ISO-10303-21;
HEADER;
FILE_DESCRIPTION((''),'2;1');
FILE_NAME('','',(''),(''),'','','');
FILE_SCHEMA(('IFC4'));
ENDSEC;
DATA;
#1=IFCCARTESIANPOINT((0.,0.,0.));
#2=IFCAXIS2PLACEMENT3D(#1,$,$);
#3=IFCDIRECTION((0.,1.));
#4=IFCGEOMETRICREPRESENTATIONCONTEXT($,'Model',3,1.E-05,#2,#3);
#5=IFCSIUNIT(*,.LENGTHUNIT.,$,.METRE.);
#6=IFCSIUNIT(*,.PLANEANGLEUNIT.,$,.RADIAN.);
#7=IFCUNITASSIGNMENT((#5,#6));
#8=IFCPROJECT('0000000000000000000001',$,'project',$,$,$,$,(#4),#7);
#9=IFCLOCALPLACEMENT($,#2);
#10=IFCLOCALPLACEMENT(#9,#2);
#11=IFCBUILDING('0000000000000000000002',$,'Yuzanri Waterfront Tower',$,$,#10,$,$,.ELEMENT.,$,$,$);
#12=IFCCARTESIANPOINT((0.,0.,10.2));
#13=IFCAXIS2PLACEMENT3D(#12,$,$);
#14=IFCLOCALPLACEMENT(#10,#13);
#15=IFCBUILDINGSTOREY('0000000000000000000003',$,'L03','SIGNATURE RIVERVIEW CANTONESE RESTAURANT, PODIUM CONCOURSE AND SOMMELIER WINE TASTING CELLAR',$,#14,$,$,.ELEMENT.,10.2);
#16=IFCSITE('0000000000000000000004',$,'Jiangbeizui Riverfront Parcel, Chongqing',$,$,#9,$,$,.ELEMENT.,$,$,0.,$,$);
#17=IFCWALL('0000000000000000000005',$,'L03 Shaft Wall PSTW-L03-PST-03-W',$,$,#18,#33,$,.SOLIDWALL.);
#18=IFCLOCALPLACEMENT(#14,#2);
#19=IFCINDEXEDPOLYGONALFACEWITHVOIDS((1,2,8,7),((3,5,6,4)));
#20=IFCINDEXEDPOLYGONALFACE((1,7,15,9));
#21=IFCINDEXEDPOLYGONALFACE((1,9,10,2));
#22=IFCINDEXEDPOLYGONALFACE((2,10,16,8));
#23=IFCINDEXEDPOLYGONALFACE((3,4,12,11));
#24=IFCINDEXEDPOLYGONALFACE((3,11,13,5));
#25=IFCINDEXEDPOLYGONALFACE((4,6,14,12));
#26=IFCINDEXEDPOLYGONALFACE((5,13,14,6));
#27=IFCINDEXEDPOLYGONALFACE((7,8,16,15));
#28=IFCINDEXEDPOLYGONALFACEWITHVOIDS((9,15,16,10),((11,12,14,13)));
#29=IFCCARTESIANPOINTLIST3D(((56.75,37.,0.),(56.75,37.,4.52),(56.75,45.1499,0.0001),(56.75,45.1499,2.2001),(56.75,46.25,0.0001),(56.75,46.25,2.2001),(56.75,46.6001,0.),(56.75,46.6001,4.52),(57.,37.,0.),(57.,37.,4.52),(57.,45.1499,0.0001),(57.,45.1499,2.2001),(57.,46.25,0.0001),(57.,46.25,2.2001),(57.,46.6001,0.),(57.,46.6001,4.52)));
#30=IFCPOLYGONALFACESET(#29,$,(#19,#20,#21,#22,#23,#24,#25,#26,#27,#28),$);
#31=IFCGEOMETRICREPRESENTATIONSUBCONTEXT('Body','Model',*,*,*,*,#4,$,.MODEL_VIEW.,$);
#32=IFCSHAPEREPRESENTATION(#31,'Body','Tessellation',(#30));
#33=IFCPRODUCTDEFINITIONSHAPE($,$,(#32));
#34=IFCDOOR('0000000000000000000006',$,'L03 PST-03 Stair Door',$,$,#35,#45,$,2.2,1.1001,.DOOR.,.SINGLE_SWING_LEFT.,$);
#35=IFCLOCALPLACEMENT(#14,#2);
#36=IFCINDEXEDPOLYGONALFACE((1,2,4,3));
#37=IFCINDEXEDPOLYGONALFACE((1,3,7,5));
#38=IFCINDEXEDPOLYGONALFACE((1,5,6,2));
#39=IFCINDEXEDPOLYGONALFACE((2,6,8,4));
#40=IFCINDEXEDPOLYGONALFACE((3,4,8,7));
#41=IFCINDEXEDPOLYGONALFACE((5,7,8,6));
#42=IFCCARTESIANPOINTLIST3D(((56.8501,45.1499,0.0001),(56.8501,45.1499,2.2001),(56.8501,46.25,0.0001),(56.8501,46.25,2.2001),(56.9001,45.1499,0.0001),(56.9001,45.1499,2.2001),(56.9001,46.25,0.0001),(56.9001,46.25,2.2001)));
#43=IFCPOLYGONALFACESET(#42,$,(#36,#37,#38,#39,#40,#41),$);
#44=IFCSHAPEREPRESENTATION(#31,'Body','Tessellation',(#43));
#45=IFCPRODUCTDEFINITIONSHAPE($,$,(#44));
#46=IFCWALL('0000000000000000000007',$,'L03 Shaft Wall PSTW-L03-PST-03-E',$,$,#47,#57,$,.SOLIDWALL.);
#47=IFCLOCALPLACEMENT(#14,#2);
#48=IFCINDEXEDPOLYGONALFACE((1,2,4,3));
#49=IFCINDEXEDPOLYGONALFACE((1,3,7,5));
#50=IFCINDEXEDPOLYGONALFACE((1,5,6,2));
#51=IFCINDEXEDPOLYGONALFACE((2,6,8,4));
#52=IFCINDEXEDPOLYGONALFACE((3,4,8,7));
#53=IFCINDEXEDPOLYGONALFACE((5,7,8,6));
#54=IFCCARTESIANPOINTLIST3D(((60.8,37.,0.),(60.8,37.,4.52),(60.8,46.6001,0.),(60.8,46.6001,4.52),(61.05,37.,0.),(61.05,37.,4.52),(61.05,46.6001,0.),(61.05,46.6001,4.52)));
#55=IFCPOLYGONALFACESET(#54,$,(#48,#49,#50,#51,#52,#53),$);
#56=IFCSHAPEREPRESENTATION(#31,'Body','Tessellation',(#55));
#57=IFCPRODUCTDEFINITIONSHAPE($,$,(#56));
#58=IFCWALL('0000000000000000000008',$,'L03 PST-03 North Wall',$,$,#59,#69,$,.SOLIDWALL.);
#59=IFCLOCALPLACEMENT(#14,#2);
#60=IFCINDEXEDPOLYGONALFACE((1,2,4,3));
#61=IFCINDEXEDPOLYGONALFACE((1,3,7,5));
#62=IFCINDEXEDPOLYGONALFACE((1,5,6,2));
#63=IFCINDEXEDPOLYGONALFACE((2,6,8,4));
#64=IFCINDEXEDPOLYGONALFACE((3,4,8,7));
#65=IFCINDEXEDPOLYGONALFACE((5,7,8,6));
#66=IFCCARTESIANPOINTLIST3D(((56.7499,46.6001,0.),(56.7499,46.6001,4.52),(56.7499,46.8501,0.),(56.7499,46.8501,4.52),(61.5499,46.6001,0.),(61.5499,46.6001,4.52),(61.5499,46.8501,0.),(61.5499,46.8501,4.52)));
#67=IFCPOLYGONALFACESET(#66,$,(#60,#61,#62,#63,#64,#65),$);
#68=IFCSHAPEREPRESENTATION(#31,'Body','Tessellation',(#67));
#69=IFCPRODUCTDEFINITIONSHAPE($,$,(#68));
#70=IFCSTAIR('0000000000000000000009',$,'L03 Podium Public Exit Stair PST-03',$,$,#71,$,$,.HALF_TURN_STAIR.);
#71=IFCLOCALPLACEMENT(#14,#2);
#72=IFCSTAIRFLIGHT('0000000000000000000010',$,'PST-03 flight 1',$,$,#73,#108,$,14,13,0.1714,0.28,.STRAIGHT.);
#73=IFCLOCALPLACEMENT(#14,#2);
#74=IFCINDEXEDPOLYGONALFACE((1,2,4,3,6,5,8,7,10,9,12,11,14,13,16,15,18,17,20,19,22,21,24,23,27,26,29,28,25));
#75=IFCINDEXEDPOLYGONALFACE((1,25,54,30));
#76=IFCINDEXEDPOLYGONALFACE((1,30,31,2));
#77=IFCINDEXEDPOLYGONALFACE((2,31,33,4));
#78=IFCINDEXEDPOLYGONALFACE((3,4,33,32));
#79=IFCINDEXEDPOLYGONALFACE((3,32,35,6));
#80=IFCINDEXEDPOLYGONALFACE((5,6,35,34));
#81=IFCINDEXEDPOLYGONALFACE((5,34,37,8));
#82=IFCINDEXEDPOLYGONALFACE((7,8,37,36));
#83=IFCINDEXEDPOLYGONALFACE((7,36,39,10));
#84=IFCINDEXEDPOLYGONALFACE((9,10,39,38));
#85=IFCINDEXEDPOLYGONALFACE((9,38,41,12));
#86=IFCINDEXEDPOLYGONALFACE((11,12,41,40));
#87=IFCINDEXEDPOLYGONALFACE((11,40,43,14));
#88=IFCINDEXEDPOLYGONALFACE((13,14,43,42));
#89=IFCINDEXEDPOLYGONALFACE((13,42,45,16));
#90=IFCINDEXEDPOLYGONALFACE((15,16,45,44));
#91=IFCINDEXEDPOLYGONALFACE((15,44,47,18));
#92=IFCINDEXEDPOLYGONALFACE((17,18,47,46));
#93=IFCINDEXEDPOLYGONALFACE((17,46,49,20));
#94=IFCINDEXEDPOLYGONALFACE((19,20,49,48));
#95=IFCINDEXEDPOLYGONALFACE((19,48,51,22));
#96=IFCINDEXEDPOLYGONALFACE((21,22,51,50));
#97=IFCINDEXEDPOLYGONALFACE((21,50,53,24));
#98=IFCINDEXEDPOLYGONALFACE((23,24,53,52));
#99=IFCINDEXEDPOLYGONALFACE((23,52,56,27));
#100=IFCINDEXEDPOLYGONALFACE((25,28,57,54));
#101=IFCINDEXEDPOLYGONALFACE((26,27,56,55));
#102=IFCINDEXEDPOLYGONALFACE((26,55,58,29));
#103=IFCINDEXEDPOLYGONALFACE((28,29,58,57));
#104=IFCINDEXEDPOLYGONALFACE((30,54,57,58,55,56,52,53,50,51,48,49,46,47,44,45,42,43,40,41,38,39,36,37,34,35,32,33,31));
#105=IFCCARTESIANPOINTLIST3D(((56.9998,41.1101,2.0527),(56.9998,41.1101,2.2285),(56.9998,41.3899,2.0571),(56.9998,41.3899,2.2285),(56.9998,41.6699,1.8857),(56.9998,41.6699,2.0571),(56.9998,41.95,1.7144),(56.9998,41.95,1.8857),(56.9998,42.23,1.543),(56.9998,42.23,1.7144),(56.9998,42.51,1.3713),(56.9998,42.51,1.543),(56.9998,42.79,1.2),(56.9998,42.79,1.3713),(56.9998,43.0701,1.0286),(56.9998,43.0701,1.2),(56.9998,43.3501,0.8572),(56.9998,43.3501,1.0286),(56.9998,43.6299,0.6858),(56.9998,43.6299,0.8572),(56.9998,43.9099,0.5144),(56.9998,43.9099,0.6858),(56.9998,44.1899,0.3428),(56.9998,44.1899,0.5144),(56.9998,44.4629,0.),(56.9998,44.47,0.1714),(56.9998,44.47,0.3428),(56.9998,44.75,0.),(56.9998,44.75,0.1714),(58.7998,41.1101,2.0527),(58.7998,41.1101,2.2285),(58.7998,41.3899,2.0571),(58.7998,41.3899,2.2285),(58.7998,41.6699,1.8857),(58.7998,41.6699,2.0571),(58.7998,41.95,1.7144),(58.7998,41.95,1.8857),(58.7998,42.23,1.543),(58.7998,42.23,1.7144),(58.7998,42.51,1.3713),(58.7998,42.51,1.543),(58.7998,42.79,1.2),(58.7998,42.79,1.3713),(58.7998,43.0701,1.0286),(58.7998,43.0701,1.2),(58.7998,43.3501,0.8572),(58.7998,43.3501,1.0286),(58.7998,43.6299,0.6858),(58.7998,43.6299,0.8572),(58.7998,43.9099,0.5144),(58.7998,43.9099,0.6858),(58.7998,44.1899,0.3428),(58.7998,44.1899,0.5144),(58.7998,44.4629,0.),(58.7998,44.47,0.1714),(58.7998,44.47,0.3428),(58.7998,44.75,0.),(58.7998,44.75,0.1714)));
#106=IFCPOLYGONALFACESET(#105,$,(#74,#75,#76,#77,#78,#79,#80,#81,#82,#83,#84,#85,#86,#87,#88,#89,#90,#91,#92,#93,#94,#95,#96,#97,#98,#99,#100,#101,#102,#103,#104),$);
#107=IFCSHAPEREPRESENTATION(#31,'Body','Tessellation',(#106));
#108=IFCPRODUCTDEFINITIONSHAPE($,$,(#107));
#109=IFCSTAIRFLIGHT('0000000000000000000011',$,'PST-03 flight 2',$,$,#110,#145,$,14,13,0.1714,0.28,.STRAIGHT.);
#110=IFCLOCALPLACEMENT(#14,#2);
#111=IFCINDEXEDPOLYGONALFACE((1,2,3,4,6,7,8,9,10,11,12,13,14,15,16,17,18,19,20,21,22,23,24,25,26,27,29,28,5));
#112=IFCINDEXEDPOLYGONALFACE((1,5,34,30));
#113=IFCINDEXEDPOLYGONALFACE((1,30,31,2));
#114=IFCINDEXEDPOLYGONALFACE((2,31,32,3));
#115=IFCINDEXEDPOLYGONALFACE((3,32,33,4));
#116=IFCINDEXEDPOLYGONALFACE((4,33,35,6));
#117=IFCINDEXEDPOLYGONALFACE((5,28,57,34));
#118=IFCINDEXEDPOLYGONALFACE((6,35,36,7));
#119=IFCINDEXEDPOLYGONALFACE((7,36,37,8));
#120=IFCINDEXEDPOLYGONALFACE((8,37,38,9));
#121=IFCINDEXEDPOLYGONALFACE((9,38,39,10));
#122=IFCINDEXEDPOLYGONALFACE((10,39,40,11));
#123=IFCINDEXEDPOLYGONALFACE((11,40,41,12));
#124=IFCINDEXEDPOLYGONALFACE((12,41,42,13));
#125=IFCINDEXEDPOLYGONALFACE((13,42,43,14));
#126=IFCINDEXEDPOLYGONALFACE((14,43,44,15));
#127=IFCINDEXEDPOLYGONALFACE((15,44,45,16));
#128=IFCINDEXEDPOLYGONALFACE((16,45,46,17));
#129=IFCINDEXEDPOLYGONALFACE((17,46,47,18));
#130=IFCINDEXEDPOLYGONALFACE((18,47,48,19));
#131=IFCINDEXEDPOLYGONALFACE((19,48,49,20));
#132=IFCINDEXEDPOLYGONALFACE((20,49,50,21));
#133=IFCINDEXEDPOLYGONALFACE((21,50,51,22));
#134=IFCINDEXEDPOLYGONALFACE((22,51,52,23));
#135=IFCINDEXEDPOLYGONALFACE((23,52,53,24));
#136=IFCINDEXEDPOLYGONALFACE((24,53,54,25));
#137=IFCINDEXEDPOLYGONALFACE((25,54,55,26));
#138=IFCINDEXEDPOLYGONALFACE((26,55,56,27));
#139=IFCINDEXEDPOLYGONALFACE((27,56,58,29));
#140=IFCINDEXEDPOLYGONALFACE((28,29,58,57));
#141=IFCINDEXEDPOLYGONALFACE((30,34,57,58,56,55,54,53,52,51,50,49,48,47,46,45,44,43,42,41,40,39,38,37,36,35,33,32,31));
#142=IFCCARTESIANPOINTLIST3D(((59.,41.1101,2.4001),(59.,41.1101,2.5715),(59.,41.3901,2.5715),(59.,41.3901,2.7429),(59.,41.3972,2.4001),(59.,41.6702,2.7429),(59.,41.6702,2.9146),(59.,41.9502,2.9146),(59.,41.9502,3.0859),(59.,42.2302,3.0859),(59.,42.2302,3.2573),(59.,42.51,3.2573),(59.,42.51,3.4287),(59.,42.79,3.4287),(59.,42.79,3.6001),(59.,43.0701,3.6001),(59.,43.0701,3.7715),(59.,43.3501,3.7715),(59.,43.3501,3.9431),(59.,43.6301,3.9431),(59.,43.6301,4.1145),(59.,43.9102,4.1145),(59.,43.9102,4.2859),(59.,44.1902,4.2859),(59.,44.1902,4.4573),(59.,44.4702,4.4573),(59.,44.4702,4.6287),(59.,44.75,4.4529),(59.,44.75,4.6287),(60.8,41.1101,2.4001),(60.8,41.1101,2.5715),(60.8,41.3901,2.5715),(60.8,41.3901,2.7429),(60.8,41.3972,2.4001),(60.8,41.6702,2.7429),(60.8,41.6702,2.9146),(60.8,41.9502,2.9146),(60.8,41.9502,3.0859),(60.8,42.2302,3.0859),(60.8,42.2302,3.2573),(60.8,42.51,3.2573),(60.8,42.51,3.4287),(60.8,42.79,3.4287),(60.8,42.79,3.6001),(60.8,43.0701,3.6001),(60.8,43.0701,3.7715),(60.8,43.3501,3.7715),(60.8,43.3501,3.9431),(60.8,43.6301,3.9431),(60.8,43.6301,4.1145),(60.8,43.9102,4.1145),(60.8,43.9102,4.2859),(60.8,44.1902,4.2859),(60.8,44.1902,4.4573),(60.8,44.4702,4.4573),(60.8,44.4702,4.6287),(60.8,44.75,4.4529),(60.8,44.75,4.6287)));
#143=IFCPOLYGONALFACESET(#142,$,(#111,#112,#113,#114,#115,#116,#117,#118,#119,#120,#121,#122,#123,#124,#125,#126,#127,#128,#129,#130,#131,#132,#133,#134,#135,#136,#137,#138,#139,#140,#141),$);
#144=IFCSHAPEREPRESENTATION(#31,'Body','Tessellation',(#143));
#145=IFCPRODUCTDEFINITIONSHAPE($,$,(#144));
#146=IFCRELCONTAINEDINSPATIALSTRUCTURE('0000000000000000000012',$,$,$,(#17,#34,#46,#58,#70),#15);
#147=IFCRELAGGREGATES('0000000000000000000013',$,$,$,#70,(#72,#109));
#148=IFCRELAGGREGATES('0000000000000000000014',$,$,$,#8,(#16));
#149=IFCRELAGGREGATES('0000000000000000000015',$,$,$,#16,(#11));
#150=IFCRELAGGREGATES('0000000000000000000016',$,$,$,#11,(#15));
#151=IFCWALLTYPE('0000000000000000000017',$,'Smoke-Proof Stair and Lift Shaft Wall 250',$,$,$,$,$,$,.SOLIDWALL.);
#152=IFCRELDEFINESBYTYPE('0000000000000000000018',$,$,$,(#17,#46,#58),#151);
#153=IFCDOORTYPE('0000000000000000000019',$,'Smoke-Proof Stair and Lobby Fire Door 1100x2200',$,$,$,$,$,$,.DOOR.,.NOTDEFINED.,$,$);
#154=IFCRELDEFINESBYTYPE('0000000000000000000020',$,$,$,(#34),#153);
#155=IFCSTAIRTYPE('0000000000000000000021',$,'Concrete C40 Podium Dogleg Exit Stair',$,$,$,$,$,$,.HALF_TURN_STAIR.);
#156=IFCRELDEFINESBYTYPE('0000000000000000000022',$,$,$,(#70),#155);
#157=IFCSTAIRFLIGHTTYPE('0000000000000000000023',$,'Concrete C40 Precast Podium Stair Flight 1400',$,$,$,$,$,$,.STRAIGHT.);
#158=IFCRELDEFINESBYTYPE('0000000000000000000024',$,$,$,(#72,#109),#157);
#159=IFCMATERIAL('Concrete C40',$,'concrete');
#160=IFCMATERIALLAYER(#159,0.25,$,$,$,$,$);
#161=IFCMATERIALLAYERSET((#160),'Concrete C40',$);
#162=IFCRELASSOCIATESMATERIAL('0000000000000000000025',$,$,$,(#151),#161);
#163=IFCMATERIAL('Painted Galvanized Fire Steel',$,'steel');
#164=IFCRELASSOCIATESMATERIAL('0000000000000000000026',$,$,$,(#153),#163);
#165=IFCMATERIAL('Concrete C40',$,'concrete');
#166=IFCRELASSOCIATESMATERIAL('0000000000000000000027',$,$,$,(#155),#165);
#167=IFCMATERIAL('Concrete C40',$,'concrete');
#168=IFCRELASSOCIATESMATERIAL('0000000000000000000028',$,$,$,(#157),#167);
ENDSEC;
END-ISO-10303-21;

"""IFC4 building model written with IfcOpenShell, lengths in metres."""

from ifc_helpers import new_model, si_unit, direction, frame, frame_2d, origin, place, context, subcontext, project, spatial, polyline, rectangle, outline, extrude, source, transform, mapped, material, layer, layer_set, type_object, element, fill, aggregate, save


model = new_model("IFC4")

# Units and contexts
model_context = context("Model", 3, precision=1e-05, world=origin(), true_north=direction((0.0, 1.0)))
body_context = subcontext(model_context, "Body", "Model", "MODEL_VIEW")
ifc_project = project(units=[si_unit("LENGTHUNIT", "METRE"), si_unit("PLANEANGLEUNIT", "RADIAN")], contexts=[model_context])

# Site, building, storey
site_placement = place(None, origin())
site = spatial("IfcSite", under=ifc_project, at=site_placement, Name="Jiangbeizui Riverfront Parcel, Chongqing", CompositionType="ELEMENT", RefElevation=0.0)
building_placement = place(site_placement, origin())
building = spatial("IfcBuilding", under=site, at=building_placement, Name="Yuzanri Waterfront Tower", CompositionType="ELEMENT")
storey_placement = place(building_placement, frame((0.0, 0.0, 10.2)))
storey = spatial("IfcBuildingStorey", under=building, at=storey_placement, Name="L03", Description="SIGNATURE RIVERVIEW CANTONESE RESTAURANT, PODIUM CONCOURSE AND SOMMELIER WINE TASTING CELLAR", CompositionType="ELEMENT", Elevation=10.2)

# Wall, opening, door
ifc_material_1 = material(Name="Concrete C40", Category="concrete")
ifc_layer_1 = layer(ifc_material_1, 0.25)
ifc_layer_set_1 = layer_set([ifc_layer_1], Name="Concrete C40")
wall_type_1 = type_object("IfcWallType", Name="Smoke-Proof Stair and Lift Shaft Wall 250", PredefinedType="SOLIDWALL", material=ifc_layer_set_1)
wall_1_placement = place(storey_placement, frame((56.875, 37.0, 0.0), z_axis=(0.0, 0.0, 1.0), x_axis=(0.0, 1.0, 0.0)))
wall_1 = element("IfcWall", 1, at=wall_1_placement, inside=storey, type_object=wall_type_1, Name="L03 Shaft Wall PSTW-L03-PST-03-W", PredefinedType="SOLIDWALL", context=body_context, shape_type="SweptSolid", body=[
    extrude(rectangle(XDim=9.6001, YDim=0.25, at=frame_2d((4.8, 0.0))), origin(), (0.0, 0.0, 1.0), 4.52),
])
opening_1_placement = place(wall_1_placement, frame((8.1499, 0.0, 0.0)))
opening_1 = element("IfcOpeningElement", 2, at=opening_1_placement, cuts=wall_1, PredefinedType="OPENING", context=body_context, shape_type="SweptSolid", body=[
    extrude(rectangle(XDim=1.1001, YDim=2.2, at=frame_2d((0.55, 1.1001))), frame((0.0, 0.1399, 0.0), z_axis=(0.0, -1.0, 0.0), x_axis=(1.0, 0.0, 0.0)), (0.0, 0.0, 1.0), 0.2798),
])
ifc_material_2 = material(Name="Painted Galvanized Fire Steel", Category="steel")
door_type = type_object("IfcDoorType", Name="Smoke-Proof Stair and Lobby Fire Door 1100x2200", OperationType="NOTDEFINED", PredefinedType="DOOR", material=ifc_material_2)
shared_shape_1 = source(origin(), body_context, "Body", "SweptSolid", [
    extrude(rectangle(XDim=1.1001, YDim=2.2, at=frame_2d((0.55, 1.1001))), frame((0.0, 0.0249, 0.0), z_axis=(0.0, -1.0, 0.0), x_axis=(1.0, 0.0, 0.0)), (0.0, 0.0, 1.0), 0.05),
])
door_placement = place(opening_1_placement, origin())
door = element("IfcDoor", 3, at=door_placement, inside=storey, type_object=door_type, Name="L03 PST-03 Stair Door", OperationType="SINGLE_SWING_LEFT", OverallHeight=2.2, OverallWidth=1.1001, PredefinedType="DOOR", context=body_context, shape_type="MappedRepresentation", body=[
    mapped(shared_shape_1, transform((0.0, 0.0, 0.0), scale=1.0)),
])
fill(opening_1, door)

# Walls
shared_shape_2 = source(origin(), body_context, "Body", "SweptSolid", [
    extrude(rectangle(XDim=9.6001, YDim=0.25, at=frame_2d((4.8, 0.0))), origin(), (0.0, 0.0, 1.0), 4.52),
])
wall_2_placement = place(storey_placement, frame((60.925, 37.0, 0.0), z_axis=(0.0, 0.0, 1.0), x_axis=(0.0, 1.0, 0.0)))
element("IfcWall", 4, at=wall_2_placement, inside=storey, type_object=wall_type_1, Name="L03 Shaft Wall PSTW-L03-PST-03-E", PredefinedType="SOLIDWALL", context=body_context, shape_type="MappedRepresentation", body=[
    mapped(shared_shape_2, transform((0.0, 0.0, 0.0), scale=1.0)),
])
shared_shape_3 = source(origin(), body_context, "Body", "SweptSolid", [
    extrude(rectangle(XDim=4.8, YDim=0.25, at=frame_2d((2.3999, 0.0))), origin(), (0.0, 0.0, 1.0), 4.52),
])
wall_3_placement = place(storey_placement, frame((56.75, 46.7251, 0.0), z_axis=(0.0, 0.0, 1.0), x_axis=(1.0, 0.0, 0.0)))
element("IfcWall", 5, at=wall_3_placement, inside=storey, type_object=wall_type_1, Name="L03 PST-03 North Wall", PredefinedType="SOLIDWALL", context=body_context, shape_type="MappedRepresentation", body=[
    mapped(shared_shape_3, transform((0.0, 0.0, 0.0), scale=1.0)),
])

# Stair, stair flights
ifc_material_3 = material(Name="Concrete C40", Category="concrete")
stair_type = type_object("IfcStairType", Name="Concrete C40 Podium Dogleg Exit Stair", PredefinedType="HALF_TURN_STAIR", material=ifc_material_3)
stair_placement = place(storey_placement, origin())
stair = element("IfcStair", 6, at=stair_placement, inside=storey, type_object=stair_type, Name="L03 Podium Public Exit Stair PST-03", PredefinedType="HALF_TURN_STAIR")
ifc_material_4 = material(Name="Concrete C40", Category="concrete")
stair_flight_type = type_object("IfcStairFlightType", Name="Concrete C40 Precast Podium Stair Flight 1400", PredefinedType="STRAIGHT", material=ifc_material_4)
shared_shape_4 = source(origin(), body_context, "Body", "SweptSolid", [
    extrude(outline(polyline([(0.0, 0.0), (0.0, 0.1714), (0.28, 0.1714), (0.28, 0.3428), (0.5601, 0.3428), (0.5601, 0.5144), (0.8401, 0.5144), (0.8401, 0.6858), (1.1201, 0.6858), (1.1201, 0.8572), (1.3999, 0.8572), (1.3999, 1.0286), (1.6799, 1.0286), (1.6799, 1.2), (1.96, 1.2), (1.96, 1.3713), (2.24, 1.3713), (2.24, 1.543), (2.52, 1.543), (2.52, 1.7144), (2.8, 1.7144), (2.8, 1.8857), (3.0801, 1.8857), (3.0801, 2.0571), (3.3601, 2.0571), (3.3601, 2.2285), (3.6399, 2.2285), (3.6399, 2.3999), (3.6399, 2.0527), (0.2871, 0.0), (0.0, 0.0)])), frame((0.0, 0.8999, 0.0), z_axis=(0.0, -1.0, 0.0), x_axis=(1.0, 0.0, 0.0)), (0.0, 0.0, 1.0), 1.8),
])
stair_flight_1_placement = place(storey_placement, frame((57.8999, 44.75, 0.0), z_axis=(0.0, 0.0, 1.0), x_axis=(0.0, -1.0, 0.0)))
stair_flight_1 = element("IfcStairFlight", 7, at=stair_flight_1_placement, type_object=stair_flight_type, Name="PST-03 flight 1", NumberOfRisers=14, NumberOfTreads=13, PredefinedType="STRAIGHT", RiserHeight=0.1714, TreadLength=0.28, context=body_context, shape_type="MappedRepresentation", body=[
    mapped(shared_shape_4, transform((0.0, 0.0, 0.0), scale=1.0)),
])
stair_flight_2_placement = place(storey_placement, frame((59.8999, 41.1101, 2.4001), z_axis=(0.0, 0.0, 1.0), x_axis=(0.0, 1.0, 0.0)))
stair_flight_2 = element("IfcStairFlight", 8, at=stair_flight_2_placement, type_object=stair_flight_type, Name="PST-03 flight 2", NumberOfRisers=14, NumberOfTreads=13, PredefinedType="STRAIGHT", RiserHeight=0.1714, TreadLength=0.28, context=body_context, shape_type="MappedRepresentation", body=[
    mapped(shared_shape_4, transform((0.0, 0.0, 0.0), scale=1.0)),
])
aggregate(stair, [stair_flight_1, stair_flight_2])

save(model, "model.ifc")
